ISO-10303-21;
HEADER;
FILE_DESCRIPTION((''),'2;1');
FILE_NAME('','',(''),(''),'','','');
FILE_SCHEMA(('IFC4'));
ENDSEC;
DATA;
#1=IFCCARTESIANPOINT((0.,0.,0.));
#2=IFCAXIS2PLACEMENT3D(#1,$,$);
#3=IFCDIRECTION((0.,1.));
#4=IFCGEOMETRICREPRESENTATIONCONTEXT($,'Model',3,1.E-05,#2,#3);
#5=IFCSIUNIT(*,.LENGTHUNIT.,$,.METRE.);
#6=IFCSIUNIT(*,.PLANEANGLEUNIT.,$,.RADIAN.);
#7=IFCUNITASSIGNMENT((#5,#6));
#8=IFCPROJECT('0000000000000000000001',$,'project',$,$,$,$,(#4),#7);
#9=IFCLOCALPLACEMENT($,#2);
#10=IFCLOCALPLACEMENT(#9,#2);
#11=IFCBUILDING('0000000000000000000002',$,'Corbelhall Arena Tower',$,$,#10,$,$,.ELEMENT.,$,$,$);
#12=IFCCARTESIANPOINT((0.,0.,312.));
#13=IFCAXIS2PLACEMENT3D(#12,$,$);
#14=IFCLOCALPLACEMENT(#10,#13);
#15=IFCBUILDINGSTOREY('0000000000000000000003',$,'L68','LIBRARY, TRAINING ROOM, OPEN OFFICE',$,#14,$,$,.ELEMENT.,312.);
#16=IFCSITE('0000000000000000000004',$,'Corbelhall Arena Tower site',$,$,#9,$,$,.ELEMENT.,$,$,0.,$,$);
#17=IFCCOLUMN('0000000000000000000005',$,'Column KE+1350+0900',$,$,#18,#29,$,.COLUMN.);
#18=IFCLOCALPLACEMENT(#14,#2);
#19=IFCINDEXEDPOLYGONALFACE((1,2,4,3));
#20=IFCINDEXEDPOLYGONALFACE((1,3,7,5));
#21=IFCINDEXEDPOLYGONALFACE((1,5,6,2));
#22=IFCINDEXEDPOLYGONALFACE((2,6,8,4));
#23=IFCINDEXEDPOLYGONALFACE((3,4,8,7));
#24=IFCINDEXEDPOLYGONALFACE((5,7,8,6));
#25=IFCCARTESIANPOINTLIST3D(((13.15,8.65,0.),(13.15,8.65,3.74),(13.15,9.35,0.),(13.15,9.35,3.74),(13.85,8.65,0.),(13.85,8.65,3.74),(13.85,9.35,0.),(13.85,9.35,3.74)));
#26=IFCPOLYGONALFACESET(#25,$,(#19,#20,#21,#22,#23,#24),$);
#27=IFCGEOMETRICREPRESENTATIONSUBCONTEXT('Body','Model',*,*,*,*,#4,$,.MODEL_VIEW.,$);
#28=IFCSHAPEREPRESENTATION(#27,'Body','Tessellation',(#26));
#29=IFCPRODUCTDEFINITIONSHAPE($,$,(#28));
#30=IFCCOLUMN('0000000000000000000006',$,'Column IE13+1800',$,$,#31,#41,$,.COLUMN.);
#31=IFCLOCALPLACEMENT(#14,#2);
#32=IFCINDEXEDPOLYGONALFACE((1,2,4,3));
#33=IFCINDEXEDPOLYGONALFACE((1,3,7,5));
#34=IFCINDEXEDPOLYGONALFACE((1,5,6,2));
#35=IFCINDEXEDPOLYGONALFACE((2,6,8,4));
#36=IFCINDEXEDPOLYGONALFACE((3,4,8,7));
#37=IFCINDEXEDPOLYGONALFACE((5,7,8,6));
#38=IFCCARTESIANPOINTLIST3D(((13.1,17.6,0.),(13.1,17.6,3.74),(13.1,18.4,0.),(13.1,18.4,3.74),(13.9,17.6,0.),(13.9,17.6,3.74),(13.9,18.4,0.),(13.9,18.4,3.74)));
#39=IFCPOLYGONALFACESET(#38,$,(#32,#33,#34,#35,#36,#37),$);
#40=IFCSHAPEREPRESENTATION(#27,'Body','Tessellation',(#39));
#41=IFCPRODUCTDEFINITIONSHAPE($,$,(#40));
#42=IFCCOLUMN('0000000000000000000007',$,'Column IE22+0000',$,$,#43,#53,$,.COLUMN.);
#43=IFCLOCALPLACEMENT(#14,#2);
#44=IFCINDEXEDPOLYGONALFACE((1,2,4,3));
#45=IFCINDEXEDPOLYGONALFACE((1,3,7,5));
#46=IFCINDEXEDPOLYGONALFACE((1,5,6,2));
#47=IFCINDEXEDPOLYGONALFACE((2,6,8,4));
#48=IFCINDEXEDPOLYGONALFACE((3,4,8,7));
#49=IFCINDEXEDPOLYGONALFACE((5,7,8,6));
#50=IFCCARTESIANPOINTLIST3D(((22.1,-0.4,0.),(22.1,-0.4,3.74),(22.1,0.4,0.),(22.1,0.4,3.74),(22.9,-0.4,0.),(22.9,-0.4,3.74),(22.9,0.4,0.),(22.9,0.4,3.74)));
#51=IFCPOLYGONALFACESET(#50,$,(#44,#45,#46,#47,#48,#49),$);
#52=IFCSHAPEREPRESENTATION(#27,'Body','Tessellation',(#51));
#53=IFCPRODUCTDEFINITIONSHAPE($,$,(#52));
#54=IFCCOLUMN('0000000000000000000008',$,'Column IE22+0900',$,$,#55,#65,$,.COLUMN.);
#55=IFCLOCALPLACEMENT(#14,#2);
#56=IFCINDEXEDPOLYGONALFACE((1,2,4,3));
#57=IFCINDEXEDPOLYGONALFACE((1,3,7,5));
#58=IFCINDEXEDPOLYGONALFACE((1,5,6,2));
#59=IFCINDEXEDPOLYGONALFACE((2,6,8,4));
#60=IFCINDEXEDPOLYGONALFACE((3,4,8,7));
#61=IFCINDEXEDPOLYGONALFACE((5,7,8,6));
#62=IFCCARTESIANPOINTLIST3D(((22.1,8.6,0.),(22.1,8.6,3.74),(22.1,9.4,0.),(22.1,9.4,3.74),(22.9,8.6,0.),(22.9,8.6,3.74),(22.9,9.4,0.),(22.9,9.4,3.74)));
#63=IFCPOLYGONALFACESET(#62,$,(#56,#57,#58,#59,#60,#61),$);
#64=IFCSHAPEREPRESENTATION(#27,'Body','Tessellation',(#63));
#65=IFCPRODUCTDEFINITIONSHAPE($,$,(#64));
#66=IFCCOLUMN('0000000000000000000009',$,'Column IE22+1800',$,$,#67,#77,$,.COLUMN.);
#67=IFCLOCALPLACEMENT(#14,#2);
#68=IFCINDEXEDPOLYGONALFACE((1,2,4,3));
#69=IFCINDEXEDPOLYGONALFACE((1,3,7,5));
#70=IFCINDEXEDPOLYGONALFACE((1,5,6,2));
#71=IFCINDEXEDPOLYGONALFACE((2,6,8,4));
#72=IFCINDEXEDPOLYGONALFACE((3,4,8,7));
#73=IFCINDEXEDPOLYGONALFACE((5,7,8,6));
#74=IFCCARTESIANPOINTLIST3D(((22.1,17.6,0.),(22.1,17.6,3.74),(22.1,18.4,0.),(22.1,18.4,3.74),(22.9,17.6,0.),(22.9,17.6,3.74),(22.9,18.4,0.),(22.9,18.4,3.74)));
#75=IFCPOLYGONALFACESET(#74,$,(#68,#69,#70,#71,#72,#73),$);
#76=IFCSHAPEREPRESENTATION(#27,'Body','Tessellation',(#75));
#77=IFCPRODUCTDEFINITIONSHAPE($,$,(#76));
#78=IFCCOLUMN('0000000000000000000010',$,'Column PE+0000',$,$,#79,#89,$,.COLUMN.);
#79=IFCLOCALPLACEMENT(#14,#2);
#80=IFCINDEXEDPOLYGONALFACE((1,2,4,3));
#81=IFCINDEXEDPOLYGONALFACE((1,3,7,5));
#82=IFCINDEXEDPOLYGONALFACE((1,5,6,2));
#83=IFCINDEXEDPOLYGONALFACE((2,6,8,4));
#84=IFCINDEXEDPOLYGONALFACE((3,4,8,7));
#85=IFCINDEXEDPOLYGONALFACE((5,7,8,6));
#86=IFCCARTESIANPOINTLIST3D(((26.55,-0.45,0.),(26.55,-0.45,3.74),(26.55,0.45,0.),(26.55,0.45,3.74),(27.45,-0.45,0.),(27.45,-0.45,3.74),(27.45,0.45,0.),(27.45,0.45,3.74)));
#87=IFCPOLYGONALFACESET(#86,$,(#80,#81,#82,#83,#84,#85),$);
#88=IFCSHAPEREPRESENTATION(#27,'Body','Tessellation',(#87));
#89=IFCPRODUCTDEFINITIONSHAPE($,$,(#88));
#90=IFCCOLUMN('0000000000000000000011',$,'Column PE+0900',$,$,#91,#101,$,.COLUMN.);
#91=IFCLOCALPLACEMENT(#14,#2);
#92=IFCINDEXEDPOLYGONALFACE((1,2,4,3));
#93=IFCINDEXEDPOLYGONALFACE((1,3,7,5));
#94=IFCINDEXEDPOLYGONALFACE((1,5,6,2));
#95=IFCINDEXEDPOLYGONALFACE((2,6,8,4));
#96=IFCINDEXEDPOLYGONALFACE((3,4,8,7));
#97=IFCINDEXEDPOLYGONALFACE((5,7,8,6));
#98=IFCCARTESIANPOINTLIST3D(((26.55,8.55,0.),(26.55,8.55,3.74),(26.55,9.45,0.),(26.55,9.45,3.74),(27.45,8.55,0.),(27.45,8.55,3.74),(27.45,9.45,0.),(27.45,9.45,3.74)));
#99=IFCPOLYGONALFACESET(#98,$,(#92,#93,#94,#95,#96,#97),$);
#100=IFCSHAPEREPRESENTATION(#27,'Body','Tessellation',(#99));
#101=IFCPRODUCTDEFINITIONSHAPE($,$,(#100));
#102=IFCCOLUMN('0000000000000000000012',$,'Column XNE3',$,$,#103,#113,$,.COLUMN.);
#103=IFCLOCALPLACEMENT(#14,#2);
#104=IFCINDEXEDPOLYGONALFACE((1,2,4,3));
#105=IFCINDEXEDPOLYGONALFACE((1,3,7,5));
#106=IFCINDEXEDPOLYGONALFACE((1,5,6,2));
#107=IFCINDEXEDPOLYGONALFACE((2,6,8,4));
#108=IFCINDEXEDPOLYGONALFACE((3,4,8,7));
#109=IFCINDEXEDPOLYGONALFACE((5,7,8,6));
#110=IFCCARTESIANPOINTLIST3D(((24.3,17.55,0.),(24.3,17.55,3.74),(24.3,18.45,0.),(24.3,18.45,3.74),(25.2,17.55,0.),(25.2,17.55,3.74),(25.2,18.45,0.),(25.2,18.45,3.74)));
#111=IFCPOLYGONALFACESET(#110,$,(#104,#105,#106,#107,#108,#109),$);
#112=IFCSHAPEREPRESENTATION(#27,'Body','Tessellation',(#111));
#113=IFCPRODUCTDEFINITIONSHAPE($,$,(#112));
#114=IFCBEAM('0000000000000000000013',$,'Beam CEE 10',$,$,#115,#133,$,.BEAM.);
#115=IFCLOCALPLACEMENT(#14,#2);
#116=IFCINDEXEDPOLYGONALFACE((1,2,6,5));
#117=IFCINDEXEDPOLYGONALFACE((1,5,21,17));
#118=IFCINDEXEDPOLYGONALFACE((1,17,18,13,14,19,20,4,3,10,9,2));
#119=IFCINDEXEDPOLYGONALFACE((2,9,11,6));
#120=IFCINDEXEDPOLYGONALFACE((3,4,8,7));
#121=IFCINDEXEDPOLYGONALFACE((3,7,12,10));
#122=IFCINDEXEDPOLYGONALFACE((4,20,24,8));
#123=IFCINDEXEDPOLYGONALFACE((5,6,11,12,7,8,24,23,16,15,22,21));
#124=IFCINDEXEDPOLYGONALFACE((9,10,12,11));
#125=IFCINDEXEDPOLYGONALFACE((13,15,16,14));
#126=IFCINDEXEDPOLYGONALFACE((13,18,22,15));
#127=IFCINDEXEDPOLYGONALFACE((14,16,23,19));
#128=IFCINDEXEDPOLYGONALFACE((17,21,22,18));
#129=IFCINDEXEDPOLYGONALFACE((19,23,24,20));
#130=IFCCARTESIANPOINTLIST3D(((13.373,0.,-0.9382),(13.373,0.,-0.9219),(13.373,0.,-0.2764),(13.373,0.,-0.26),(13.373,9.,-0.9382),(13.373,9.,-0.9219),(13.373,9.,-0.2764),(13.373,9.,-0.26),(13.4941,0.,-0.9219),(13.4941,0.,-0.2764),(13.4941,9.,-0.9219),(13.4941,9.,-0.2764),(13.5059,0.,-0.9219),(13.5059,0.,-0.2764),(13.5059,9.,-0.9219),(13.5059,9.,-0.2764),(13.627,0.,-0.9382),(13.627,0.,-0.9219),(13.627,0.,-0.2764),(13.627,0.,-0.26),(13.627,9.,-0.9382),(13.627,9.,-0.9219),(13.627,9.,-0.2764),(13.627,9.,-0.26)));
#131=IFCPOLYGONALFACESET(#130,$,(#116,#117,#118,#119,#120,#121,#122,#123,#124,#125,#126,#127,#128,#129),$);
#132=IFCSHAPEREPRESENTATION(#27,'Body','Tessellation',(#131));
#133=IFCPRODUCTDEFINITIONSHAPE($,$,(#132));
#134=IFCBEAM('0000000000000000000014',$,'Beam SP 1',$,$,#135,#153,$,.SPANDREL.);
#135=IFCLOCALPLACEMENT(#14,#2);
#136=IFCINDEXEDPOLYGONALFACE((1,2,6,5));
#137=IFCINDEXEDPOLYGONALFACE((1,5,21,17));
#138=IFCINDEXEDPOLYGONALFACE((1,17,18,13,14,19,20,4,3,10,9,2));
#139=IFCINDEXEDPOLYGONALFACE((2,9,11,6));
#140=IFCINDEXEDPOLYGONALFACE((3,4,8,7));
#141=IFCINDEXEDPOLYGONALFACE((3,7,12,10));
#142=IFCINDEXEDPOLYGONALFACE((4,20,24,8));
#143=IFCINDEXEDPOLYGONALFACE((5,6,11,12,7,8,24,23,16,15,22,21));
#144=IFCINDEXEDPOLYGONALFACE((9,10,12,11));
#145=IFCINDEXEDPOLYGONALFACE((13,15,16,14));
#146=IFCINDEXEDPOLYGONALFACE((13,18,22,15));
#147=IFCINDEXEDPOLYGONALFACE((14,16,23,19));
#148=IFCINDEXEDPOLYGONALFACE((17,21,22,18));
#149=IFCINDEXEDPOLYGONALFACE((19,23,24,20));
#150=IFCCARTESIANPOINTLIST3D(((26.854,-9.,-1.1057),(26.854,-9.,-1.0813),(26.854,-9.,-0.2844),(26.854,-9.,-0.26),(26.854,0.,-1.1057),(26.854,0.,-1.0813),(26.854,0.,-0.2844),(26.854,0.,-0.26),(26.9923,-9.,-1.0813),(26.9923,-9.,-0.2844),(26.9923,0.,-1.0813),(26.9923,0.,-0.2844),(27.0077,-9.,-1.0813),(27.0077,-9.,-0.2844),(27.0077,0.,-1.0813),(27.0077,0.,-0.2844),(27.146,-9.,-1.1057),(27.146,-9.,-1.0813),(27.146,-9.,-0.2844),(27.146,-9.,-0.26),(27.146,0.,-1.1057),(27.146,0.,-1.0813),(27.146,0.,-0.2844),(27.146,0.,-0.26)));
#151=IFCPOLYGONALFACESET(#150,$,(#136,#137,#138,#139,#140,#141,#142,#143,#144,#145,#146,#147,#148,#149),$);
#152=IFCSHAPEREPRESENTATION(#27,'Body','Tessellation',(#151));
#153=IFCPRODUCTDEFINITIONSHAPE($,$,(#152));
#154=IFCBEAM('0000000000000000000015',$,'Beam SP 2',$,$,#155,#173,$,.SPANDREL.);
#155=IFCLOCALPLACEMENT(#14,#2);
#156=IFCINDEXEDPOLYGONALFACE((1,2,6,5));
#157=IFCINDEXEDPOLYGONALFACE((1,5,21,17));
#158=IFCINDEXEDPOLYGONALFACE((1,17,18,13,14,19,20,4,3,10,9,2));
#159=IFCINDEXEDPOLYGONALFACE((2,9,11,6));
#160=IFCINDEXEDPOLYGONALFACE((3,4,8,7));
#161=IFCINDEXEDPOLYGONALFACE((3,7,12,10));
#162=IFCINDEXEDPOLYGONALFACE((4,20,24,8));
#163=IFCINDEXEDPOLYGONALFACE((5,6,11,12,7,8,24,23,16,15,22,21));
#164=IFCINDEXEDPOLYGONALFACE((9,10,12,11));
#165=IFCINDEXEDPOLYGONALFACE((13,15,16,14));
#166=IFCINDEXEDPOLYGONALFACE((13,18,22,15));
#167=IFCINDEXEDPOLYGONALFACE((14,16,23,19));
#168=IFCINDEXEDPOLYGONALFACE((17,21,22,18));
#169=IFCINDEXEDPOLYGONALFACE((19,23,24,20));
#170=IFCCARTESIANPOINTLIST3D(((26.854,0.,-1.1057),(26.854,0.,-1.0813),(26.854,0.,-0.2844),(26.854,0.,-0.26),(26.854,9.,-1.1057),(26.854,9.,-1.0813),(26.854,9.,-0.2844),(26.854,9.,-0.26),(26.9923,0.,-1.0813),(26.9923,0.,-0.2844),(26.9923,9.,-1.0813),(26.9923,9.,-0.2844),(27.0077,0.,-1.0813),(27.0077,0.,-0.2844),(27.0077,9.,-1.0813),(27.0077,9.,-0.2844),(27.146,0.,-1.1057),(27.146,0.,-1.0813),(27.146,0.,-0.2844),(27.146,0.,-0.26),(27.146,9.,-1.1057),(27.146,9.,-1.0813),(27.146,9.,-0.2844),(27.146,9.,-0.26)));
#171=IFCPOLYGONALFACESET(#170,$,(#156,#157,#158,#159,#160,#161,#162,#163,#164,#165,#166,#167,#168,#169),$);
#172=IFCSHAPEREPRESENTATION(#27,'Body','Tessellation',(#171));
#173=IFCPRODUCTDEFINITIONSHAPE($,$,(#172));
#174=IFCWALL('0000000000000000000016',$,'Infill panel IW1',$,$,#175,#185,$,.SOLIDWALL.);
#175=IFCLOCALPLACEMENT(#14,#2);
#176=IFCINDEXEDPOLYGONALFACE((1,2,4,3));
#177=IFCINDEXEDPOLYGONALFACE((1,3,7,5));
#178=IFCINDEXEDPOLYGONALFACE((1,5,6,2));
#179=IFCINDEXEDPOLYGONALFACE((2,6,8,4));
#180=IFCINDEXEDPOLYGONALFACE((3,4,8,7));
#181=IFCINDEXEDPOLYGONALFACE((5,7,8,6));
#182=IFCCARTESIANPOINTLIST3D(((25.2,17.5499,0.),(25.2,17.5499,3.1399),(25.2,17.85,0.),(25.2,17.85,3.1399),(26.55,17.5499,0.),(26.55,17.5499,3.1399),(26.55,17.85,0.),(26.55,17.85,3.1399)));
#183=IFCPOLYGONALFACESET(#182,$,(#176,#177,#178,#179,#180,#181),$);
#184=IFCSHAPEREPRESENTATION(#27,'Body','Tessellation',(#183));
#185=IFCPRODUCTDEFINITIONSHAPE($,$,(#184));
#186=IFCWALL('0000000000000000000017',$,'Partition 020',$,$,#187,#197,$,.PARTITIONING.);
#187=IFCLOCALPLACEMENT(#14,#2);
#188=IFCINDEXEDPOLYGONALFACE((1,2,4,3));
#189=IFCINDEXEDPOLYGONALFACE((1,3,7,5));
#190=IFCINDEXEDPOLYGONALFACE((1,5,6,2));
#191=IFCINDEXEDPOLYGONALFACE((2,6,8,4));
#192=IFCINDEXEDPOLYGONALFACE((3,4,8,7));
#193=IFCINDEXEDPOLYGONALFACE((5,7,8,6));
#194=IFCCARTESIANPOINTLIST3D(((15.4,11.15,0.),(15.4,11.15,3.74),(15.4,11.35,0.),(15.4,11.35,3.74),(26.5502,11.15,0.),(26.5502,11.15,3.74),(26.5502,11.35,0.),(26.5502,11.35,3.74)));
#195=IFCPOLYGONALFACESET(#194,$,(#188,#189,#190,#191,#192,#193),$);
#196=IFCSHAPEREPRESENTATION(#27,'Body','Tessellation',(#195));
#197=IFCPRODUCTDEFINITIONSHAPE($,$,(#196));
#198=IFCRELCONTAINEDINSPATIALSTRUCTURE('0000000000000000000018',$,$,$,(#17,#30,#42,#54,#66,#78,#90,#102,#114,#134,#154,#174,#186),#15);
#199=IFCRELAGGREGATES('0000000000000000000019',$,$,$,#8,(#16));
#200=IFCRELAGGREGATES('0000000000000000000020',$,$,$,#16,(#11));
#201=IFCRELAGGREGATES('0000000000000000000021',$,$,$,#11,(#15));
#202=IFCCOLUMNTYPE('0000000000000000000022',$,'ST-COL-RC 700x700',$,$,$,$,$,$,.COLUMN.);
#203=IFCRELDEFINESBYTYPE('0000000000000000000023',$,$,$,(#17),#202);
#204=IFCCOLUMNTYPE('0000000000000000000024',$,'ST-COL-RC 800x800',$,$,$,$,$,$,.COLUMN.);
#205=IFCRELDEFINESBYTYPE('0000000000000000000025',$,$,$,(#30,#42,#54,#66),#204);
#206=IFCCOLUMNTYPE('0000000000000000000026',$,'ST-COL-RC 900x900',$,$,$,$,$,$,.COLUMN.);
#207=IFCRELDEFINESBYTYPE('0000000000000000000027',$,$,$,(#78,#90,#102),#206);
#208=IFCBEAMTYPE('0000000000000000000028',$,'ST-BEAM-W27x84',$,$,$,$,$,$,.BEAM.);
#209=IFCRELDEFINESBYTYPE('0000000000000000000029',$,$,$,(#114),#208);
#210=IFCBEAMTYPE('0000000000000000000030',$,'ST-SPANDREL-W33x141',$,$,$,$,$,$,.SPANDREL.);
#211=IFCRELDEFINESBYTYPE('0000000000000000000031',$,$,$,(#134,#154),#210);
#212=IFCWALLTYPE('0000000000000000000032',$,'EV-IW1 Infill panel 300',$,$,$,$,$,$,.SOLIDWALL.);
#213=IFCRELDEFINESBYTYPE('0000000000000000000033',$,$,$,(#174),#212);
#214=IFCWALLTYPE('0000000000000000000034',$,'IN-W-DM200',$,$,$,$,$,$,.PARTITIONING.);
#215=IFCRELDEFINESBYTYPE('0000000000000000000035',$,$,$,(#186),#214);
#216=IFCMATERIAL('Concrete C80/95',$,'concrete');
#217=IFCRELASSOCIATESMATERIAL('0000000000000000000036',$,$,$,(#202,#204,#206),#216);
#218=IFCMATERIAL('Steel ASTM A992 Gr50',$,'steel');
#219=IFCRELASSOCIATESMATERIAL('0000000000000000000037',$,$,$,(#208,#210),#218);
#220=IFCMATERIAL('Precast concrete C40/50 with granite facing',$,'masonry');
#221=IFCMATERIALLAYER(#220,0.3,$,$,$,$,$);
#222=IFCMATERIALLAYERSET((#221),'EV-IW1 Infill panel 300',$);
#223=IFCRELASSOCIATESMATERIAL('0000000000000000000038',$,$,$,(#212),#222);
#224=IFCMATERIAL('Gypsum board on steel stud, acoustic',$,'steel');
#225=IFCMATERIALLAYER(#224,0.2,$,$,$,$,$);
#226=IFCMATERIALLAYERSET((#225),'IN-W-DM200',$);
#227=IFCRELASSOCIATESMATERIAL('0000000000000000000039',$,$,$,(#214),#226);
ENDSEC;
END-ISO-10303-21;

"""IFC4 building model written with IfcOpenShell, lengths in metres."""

from ifc_helpers import new_model, si_unit, direction, frame, frame_2d, origin, origin_2d, place, context, subcontext, project, spatial, rectangle, i_section, extrude, material, layer, layer_set, material_profile, profile_set, type_object, element, save


model = new_model("IFC4")

# Units and contexts
model_context = context("Model", 3, precision=1e-05, world=origin(), true_north=direction((0.0, 1.0)))
body_context = subcontext(model_context, "Body", "Model", "MODEL_VIEW")
ifc_project = project(units=[si_unit("LENGTHUNIT", "METRE"), si_unit("PLANEANGLEUNIT", "RADIAN")], contexts=[model_context])

# Site, building, storey
site_placement = place(None, origin())
site = spatial("IfcSite", under=ifc_project, at=site_placement, Name="Corbelhall Arena Tower site", CompositionType="ELEMENT", RefElevation=0.0)
building_placement = place(site_placement, origin())
building = spatial("IfcBuilding", under=site, at=building_placement, Name="Corbelhall Arena Tower", CompositionType="ELEMENT")
storey_placement = place(building_placement, frame((0.0, 0.0, 312.0)))
storey = spatial("IfcBuildingStorey", under=building, at=storey_placement, Name="L68", Description="LIBRARY, TRAINING ROOM, OPEN OFFICE", CompositionType="ELEMENT", Elevation=312.0)

# Columns
ifc_material_1 = material(Name="Concrete C80/95", Category="concrete")
ifc_material_profile_1 = material_profile(ifc_material_1, rectangle(XDim=0.7, YDim=0.7, at=origin_2d()))
ifc_profile_set_1 = profile_set([ifc_material_profile_1], Name="Concrete C80/95")
column_type_1 = type_object("IfcColumnType", Name="ST-COL-RC 700x700", PredefinedType="COLUMN", material=ifc_profile_set_1)
column_placement = place(storey_placement, frame((13.5, 9.0, 0.0), z_axis=(0.0, 0.0, 1.0), x_axis=(1.0, 0.0, 0.0)))
element("IfcColumn", 1, at=column_placement, inside=storey, type_object=column_type_1, Name="Column KE+1350+0900", PredefinedType="COLUMN", context=body_context, shape_type="SweptSolid", body=[
    extrude(rectangle(XDim=0.7, YDim=0.7, at=origin_2d()), origin(), (0.0, 0.0, 1.0), 3.74),
])
ifc_material_profile_2 = material_profile(ifc_material_1, rectangle(XDim=0.8, YDim=0.8, at=origin_2d()))
ifc_profile_set_2 = profile_set([ifc_material_profile_2], Name="Concrete C80/95")
column_type_2 = type_object("IfcColumnType", Name="ST-COL-RC 800x800", PredefinedType="COLUMN", material=ifc_profile_set_2)
for number, where, z_axis, x_axis, name in (
    (2, (13.5, 18.0, 0.0), (0.0, 0.0, 1.0), (1.0, 0.0, 0.0), "Column IE13+1800"),
    (3, (22.5, 0.0, 0.0), (0.0, 0.0, 1.0), (1.0, 0.0, 0.0), "Column IE22+0000"),
    (4, (22.5, 9.0, 0.0), (0.0, 0.0, 1.0), (1.0, 0.0, 0.0), "Column IE22+0900"),
    (5, (22.5, 18.0, 0.0), (0.0, 0.0, 1.0), (1.0, 0.0, 0.0), "Column IE22+1800"),
):
    element("IfcColumn", number, at=place(storey_placement, frame(where, z_axis=z_axis, x_axis=x_axis)), inside=storey, type_object=column_type_2, Name=name, PredefinedType="COLUMN", context=body_context, shape_type="SweptSolid", body=[
        extrude(rectangle(XDim=0.8, YDim=0.8, at=origin_2d()), origin(), (0.0, 0.0, 1.0), 3.74),
    ])
ifc_material_profile_3 = material_profile(ifc_material_1, rectangle(XDim=0.8999, YDim=0.8999, at=origin_2d()))
ifc_profile_set_3 = profile_set([ifc_material_profile_3], Name="Concrete C80/95")
column_type_3 = type_object("IfcColumnType", Name="ST-COL-RC 900x900", PredefinedType="COLUMN", material=ifc_profile_set_3)
for number, where, z_axis, x_axis, name in (
    (6, (27.0, 0.0, 0.0), (0.0, 0.0, 1.0), (0.0, 1.0, 0.0), "Column PE+0000"),
    (7, (27.0, 9.0, 0.0), (0.0, 0.0, 1.0), (0.0, 1.0, 0.0), "Column PE+0900"),
    (8, (24.75, 18.0, 0.0), (0.0, 0.0, 1.0), (1.0, 0.0, 0.0), "Column XNE3"),
):
    element("IfcColumn", number, at=place(storey_placement, frame(where, z_axis=z_axis, x_axis=x_axis)), inside=storey, type_object=column_type_3, Name=name, PredefinedType="COLUMN", context=body_context, shape_type="SweptSolid", body=[
        extrude(rectangle(XDim=0.8999, YDim=0.8999, at=origin_2d()), origin(), (0.0, 0.0, 1.0), 3.74),
    ])

# Beams
ifc_material_2 = material(Name="Steel ASTM A992 Gr50", Category="steel")
ifc_material_profile_4 = material_profile(ifc_material_2, i_section(OverallWidth=0.2539, OverallDepth=0.6782, WebThickness=0.0117, FlangeThickness=0.0164, at=origin_2d()))
ifc_profile_set_4 = profile_set([ifc_material_profile_4], Name="Steel ASTM A992 Gr50")
beam_type_1 = type_object("IfcBeamType", Name="ST-BEAM-W27x84", PredefinedType="BEAM", material=ifc_profile_set_4)
beam_placement = place(storey_placement, frame((13.5, 0.0, -0.5991), z_axis=(0.0, 1.0, 0.0), x_axis=(-1.0, 0.0, 0.0)))
element("IfcBeam", 9, at=beam_placement, inside=storey, type_object=beam_type_1, Name="Beam CEE 10", PredefinedType="BEAM", context=body_context, shape_type="SweptSolid", body=[
    extrude(i_section(OverallWidth=0.2539, OverallDepth=0.6782, WebThickness=0.0117, FlangeThickness=0.0164, at=origin_2d()), origin(), (0.0, 0.0, 1.0), 9.0),
])
ifc_material_profile_5 = material_profile(ifc_material_2, i_section(OverallWidth=0.292, OverallDepth=0.8457, WebThickness=0.0154, FlangeThickness=0.0244, at=origin_2d()))
ifc_profile_set_5 = profile_set([ifc_material_profile_5], Name="Steel ASTM A992 Gr50")
beam_type_2 = type_object("IfcBeamType", Name="ST-SPANDREL-W33x141", PredefinedType="SPANDREL", material=ifc_profile_set_5)
for number, where, z_axis, x_axis, name in (
    (10, (27.0, 0.0, -0.6829), (0.0, -1.0, 0.0), (1.0, 0.0, 0.0), "Beam SP 1"),
    (11, (27.0, 9.0, -0.6829), (0.0, -1.0, 0.0), (1.0, 0.0, 0.0), "Beam SP 2"),
):
    element("IfcBeam", number, at=place(storey_placement, frame(where, z_axis=z_axis, x_axis=x_axis)), inside=storey, type_object=beam_type_2, Name=name, PredefinedType="SPANDREL", context=body_context, shape_type="SweptSolid", body=[
        extrude(i_section(OverallWidth=0.292, OverallDepth=0.8457, WebThickness=0.0154, FlangeThickness=0.0244, at=origin_2d()), origin(), (0.0, 0.0, 1.0), 9.0),
    ])

# Shared definitions
ifc_material_3 = material(Name="Precast concrete C40/50 with granite facing", Category="masonry")
ifc_layer_1 = layer(ifc_material_3, 0.3)
ifc_layer_set_1 = layer_set([ifc_layer_1], Name="EV-IW1 Infill panel 300")
wall_type_1 = type_object("IfcWallType", Name="EV-IW1 Infill panel 300", PredefinedType="SOLIDWALL", material=ifc_layer_set_1)

# Wall
wall_1_placement = place(storey_placement, frame((26.55, 17.7, 0.0), z_axis=(0.0, 0.0, 1.0), x_axis=(-1.0, 0.0, 0.0)))
element("IfcWall", 12, at=wall_1_placement, inside=storey, type_object=wall_type_1, Name="Infill panel IW1", PredefinedType="SOLIDWALL", context=body_context, shape_type="SweptSolid", body=[
    extrude(rectangle(XDim=1.3501, YDim=0.3, at=frame_2d((0.675, 0.0))), origin(), (0.0, 0.0, 1.0), 3.1399),
])

# Shared definitions
ifc_material_4 = material(Name="Gypsum board on steel stud, acoustic", Category="steel")
ifc_layer_2 = layer(ifc_material_4, 0.2)
ifc_layer_set_2 = layer_set([ifc_layer_2], Name="IN-W-DM200")
wall_type_2 = type_object("IfcWallType", Name="IN-W-DM200", PredefinedType="PARTITIONING", material=ifc_layer_set_2)

# Wall
for number, where, z_axis, x_axis, name in (
    (13, (15.3999, 11.25, 0.0), (0.0, 0.0, 1.0), (1.0, 0.0, 0.0), "Partition 020"),
):
    element("IfcWall", number, at=place(storey_placement, frame(where, z_axis=z_axis, x_axis=x_axis)), inside=storey, type_object=wall_type_2, Name=name, PredefinedType="PARTITIONING", context=body_context, shape_type="SweptSolid", body=[
        extrude(rectangle(XDim=11.1501, YDim=0.2, at=frame_2d((5.5752, 0.0))), origin(), (0.0, 0.0, 1.0), 3.74),
    ])

save(model, "model.ifc")
